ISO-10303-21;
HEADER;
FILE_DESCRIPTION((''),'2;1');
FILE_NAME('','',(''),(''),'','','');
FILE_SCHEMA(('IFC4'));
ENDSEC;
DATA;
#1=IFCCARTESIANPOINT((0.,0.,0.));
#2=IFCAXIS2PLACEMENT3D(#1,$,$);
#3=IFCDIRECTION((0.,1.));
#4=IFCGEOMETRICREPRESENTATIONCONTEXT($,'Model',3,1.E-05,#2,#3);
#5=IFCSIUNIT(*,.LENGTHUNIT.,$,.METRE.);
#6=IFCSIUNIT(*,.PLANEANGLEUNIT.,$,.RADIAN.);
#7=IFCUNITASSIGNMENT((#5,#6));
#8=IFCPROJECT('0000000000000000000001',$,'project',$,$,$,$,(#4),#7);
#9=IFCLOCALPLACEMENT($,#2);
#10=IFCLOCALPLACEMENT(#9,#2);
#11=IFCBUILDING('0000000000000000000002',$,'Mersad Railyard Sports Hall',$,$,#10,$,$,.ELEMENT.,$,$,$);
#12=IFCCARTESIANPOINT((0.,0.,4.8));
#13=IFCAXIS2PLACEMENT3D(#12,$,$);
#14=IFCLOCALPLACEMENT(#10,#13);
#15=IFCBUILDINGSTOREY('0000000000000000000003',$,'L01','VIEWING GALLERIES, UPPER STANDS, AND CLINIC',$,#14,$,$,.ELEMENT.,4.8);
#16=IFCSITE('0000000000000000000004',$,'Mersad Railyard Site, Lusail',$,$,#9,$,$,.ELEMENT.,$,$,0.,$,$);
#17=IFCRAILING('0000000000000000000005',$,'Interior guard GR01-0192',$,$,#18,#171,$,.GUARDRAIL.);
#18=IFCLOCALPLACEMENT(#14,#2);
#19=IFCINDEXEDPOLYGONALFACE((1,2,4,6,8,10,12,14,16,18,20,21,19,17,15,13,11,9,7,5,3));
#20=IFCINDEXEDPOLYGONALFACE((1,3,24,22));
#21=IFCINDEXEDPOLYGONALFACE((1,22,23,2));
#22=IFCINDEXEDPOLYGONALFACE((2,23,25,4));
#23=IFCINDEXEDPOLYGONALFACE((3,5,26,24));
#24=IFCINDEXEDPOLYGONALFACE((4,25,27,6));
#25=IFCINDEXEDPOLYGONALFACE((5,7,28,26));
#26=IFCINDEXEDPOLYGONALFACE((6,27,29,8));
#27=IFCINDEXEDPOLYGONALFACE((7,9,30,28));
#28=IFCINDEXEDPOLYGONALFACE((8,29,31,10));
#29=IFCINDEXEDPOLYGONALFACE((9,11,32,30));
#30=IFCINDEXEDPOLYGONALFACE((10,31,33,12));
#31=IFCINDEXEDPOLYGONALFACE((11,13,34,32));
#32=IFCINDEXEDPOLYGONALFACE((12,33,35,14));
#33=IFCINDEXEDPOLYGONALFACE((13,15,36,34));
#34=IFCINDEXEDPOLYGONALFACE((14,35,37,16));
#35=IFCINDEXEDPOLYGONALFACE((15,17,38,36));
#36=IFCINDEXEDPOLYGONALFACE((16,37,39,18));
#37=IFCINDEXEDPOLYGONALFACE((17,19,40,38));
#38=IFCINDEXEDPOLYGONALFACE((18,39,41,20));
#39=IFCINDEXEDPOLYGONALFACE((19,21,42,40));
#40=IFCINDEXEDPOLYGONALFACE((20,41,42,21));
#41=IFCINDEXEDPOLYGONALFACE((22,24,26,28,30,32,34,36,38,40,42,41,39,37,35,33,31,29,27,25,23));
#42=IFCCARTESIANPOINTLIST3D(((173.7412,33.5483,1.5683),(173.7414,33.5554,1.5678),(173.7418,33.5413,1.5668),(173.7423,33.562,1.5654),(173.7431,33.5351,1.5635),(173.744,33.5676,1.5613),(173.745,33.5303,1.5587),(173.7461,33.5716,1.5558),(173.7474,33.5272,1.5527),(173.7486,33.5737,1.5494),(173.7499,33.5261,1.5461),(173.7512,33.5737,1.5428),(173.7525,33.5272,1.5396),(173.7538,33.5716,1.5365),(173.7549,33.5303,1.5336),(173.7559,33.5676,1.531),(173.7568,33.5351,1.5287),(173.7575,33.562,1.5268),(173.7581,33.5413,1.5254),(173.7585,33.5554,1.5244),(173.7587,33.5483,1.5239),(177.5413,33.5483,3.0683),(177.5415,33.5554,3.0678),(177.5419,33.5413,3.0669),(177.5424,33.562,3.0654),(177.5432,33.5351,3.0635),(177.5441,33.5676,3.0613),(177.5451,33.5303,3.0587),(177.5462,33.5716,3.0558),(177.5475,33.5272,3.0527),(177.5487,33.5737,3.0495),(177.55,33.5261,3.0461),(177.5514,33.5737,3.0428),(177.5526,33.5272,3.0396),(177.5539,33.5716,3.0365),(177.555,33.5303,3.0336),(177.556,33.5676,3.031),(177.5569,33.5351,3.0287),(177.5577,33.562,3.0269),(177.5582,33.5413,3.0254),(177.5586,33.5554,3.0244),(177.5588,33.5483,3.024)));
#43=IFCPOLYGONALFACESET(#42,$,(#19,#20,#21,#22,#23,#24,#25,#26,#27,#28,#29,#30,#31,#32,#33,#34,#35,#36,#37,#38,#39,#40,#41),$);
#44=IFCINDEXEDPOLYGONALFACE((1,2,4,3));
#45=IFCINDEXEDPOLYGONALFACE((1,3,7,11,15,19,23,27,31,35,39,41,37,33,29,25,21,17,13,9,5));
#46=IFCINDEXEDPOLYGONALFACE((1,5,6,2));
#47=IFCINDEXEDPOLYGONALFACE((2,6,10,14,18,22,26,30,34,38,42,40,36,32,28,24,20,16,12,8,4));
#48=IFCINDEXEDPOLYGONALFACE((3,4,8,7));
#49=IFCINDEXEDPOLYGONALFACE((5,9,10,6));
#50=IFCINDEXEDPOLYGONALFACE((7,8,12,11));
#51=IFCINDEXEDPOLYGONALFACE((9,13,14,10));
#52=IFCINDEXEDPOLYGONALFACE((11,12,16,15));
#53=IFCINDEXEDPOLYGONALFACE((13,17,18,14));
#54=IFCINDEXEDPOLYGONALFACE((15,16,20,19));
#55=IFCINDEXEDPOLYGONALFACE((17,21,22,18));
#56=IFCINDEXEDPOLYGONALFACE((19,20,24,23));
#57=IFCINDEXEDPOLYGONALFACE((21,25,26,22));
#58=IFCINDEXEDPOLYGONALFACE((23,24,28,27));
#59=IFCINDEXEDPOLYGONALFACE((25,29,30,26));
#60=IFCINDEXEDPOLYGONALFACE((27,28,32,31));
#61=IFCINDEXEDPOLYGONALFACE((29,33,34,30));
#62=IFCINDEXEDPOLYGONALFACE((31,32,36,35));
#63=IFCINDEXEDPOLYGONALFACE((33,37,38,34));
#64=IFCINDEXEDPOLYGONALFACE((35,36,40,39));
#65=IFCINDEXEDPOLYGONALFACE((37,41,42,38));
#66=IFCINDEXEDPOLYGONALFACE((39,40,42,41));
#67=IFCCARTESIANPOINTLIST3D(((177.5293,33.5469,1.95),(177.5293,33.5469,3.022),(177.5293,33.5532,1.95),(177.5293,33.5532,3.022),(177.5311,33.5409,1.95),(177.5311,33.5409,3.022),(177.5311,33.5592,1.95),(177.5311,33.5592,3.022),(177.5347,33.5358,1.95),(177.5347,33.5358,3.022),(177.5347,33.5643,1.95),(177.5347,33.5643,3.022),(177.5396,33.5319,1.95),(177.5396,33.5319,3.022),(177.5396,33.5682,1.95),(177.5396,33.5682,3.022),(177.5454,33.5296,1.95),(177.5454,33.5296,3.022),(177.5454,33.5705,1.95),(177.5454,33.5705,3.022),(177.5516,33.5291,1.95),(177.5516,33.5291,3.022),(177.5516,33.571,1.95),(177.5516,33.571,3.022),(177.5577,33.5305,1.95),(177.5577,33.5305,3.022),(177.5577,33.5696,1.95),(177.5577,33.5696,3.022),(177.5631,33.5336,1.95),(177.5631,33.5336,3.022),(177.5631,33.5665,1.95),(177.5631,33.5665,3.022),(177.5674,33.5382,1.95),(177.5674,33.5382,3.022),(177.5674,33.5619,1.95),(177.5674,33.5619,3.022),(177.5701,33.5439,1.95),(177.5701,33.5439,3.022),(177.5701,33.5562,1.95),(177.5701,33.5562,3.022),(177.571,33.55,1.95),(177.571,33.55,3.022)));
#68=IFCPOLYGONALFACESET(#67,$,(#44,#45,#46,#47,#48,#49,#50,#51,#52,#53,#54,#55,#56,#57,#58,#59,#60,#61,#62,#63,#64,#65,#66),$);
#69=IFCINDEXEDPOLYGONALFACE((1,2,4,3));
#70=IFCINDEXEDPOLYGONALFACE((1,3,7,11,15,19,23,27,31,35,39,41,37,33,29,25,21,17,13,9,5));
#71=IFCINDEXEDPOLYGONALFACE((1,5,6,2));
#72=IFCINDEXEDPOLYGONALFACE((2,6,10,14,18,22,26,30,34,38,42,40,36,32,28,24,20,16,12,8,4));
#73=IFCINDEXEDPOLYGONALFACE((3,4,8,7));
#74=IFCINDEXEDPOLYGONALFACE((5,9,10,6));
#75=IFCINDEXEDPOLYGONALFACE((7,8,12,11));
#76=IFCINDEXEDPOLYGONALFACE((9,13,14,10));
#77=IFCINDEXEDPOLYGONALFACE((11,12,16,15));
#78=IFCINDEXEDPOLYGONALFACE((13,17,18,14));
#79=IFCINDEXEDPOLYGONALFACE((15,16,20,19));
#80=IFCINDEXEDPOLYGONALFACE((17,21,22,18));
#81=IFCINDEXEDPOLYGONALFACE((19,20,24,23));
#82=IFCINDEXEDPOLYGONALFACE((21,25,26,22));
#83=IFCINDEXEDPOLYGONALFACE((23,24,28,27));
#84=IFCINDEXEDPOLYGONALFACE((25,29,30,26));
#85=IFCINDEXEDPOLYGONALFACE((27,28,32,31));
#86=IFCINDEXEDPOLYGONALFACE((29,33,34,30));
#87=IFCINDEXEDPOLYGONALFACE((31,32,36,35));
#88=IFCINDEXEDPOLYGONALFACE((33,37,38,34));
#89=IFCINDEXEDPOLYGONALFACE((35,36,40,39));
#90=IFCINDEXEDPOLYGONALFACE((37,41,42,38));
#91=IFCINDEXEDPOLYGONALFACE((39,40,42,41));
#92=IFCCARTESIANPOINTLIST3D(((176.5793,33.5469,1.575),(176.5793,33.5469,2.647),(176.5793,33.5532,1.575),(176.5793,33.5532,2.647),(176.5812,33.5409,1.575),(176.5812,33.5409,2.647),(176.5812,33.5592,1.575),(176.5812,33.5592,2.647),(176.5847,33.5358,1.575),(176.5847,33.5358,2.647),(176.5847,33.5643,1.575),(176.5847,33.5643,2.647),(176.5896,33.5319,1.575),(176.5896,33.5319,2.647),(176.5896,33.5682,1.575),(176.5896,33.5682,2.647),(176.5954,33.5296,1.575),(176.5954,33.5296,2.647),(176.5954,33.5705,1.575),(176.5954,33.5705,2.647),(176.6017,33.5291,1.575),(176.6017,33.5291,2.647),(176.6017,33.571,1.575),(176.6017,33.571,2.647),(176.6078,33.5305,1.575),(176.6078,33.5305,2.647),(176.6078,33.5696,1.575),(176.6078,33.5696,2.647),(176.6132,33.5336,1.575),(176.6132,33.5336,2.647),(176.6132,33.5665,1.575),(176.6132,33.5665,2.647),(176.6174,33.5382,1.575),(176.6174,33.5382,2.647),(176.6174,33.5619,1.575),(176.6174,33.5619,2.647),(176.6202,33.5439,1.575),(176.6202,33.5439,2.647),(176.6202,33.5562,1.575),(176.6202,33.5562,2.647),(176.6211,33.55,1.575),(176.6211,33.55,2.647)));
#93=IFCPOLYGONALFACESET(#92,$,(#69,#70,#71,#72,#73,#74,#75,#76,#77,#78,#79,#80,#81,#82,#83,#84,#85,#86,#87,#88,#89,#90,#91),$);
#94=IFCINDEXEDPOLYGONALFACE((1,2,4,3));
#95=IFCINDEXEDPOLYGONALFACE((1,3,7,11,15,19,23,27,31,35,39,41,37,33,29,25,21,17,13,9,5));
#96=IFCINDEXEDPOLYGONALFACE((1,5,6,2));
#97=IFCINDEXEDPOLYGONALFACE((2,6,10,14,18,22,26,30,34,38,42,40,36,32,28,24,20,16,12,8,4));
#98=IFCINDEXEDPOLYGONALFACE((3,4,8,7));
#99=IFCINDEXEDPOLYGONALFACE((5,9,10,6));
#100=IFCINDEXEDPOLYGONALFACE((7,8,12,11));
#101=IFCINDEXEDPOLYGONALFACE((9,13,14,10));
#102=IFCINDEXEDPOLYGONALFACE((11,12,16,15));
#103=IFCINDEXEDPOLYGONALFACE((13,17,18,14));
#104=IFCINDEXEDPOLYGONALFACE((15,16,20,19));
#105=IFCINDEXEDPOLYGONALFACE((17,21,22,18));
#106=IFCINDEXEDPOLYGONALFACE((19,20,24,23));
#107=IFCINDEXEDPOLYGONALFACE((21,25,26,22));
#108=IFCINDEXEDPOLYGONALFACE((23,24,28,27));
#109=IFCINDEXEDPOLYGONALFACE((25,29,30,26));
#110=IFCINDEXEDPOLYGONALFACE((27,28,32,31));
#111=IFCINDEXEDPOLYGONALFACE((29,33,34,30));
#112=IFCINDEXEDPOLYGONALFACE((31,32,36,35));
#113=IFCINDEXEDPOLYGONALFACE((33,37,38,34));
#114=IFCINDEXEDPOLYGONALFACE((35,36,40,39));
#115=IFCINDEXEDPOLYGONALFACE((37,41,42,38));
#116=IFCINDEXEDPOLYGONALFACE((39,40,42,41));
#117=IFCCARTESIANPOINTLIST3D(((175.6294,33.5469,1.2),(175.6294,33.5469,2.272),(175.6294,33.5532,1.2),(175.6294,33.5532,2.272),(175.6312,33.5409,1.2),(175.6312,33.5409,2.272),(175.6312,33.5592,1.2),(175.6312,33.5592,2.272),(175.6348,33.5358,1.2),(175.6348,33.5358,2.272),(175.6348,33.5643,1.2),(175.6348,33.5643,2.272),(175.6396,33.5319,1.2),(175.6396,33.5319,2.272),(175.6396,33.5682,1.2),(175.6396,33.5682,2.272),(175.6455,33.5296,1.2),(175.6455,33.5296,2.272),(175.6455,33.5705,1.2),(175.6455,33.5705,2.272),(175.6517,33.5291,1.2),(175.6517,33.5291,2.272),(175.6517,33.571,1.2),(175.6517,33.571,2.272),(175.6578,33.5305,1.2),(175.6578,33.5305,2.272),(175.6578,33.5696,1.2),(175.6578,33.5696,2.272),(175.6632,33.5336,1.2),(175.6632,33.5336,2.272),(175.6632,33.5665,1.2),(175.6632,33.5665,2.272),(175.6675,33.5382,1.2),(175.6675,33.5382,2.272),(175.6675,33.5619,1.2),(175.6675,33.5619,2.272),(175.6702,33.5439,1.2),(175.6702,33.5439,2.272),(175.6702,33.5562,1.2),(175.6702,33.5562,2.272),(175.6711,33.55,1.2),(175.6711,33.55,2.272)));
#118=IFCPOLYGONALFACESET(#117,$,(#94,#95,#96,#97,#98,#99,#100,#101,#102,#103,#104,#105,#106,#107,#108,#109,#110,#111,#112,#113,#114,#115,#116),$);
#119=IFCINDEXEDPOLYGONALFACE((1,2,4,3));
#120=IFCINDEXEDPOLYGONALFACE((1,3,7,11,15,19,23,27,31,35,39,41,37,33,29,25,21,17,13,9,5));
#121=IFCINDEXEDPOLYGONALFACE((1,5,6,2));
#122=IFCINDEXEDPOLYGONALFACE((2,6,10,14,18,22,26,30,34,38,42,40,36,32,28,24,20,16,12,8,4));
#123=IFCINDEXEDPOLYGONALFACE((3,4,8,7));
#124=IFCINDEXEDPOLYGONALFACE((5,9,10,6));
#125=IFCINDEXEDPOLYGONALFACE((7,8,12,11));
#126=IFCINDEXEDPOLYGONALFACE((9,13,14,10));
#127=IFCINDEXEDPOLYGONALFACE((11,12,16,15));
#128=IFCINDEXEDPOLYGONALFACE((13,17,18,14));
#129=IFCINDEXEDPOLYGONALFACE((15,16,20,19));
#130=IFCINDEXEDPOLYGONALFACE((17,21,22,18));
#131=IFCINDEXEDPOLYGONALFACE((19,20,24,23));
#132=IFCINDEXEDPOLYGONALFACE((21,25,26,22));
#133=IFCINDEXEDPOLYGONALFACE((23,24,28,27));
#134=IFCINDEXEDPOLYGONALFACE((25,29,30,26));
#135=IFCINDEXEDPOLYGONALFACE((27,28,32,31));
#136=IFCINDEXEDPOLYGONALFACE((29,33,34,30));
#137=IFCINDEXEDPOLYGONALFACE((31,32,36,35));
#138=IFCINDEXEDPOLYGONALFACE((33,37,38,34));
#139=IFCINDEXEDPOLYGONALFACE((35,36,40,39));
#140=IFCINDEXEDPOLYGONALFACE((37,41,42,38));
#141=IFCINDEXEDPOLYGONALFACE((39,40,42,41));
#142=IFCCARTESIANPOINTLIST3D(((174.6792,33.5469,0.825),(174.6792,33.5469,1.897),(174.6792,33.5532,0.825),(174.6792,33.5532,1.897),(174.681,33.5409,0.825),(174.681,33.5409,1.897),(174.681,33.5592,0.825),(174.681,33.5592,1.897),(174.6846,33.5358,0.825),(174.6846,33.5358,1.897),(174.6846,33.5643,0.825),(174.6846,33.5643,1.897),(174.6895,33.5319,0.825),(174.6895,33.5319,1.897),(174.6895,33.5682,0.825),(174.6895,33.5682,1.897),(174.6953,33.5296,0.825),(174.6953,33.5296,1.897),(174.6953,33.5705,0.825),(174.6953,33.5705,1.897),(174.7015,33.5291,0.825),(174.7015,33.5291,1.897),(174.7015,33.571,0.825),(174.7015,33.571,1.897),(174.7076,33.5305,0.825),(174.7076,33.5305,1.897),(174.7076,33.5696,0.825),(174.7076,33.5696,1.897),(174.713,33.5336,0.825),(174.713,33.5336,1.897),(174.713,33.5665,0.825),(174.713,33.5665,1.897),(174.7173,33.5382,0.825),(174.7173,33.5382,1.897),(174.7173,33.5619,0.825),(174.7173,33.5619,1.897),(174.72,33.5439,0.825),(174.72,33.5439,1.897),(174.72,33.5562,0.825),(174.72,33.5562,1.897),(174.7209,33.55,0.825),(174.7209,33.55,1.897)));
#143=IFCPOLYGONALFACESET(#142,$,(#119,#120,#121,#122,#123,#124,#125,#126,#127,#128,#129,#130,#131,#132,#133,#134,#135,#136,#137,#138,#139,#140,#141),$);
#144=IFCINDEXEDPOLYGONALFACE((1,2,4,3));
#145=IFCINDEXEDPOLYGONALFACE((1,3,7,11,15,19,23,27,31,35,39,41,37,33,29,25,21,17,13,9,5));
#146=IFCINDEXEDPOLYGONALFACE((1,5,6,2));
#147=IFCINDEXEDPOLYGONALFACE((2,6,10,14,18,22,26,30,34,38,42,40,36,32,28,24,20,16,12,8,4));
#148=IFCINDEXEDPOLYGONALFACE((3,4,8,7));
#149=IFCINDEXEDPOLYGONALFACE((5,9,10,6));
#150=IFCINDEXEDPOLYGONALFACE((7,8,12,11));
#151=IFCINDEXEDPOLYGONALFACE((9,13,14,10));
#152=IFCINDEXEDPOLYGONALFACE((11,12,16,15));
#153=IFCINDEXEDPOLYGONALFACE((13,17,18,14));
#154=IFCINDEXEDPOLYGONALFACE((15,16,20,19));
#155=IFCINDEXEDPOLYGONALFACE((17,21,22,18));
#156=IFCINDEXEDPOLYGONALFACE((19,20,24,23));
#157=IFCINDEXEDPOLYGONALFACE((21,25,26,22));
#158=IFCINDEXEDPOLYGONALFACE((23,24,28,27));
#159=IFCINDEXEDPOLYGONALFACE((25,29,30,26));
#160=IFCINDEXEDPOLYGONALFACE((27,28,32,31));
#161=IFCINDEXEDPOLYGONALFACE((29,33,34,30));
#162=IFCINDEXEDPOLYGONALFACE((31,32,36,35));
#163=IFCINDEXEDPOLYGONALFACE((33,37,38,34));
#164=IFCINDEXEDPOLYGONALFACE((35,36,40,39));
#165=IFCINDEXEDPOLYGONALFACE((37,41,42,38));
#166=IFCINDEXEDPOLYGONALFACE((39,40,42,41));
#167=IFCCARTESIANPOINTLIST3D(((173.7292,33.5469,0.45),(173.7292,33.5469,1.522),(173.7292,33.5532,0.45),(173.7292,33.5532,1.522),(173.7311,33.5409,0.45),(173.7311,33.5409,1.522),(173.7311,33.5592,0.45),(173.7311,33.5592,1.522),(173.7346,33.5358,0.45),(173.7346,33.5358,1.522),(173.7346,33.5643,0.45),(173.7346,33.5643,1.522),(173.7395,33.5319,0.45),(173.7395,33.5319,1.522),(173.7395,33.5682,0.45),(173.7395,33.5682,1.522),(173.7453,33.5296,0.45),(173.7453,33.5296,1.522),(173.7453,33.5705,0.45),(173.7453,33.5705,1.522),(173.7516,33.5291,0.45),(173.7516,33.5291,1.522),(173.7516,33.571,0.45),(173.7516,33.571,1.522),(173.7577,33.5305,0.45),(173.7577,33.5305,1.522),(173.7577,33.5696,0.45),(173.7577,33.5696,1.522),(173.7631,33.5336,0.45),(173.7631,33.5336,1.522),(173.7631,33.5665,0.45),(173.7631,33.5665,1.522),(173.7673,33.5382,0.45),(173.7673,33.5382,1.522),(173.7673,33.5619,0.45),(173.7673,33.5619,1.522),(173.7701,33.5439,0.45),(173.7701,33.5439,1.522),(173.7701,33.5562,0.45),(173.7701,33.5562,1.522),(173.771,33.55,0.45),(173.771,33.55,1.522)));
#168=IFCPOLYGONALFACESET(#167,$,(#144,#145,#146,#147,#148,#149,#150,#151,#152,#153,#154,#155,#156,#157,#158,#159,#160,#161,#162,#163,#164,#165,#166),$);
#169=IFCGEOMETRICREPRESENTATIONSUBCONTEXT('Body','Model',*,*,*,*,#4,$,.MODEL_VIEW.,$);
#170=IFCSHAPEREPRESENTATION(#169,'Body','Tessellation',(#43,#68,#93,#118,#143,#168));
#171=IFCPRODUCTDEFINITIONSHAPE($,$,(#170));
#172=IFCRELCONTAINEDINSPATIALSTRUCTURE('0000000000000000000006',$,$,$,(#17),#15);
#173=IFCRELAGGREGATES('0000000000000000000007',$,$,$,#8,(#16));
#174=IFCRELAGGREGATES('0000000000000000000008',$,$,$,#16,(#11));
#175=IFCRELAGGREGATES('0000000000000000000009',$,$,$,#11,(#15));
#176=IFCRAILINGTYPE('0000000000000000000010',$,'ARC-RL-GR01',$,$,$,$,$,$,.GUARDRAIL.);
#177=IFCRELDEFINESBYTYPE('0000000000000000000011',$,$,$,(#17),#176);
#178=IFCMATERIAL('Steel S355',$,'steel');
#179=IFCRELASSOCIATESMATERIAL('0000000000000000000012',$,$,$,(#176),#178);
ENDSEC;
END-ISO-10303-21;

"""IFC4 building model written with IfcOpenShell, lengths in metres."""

from ifc_helpers import new_model, si_unit, direction, frame, origin, origin_2d, place, context, subcontext, project, spatial, circle, extrude, material, type_object, element, save


model = new_model("IFC4")

# Units and contexts
model_context = context("Model", 3, precision=1e-05, world=origin(), true_north=direction((0.0, 1.0)))
body_context = subcontext(model_context, "Body", "Model", "MODEL_VIEW")
ifc_project = project(units=[si_unit("LENGTHUNIT", "METRE"), si_unit("PLANEANGLEUNIT", "RADIAN")], contexts=[model_context])

# Site, building, storey
site_placement = place(None, origin())
site = spatial("IfcSite", under=ifc_project, at=site_placement, Name="Mersad Railyard Site, Lusail", CompositionType="ELEMENT", RefElevation=0.0)
building_placement = place(site_placement, origin())
building = spatial("IfcBuilding", under=site, at=building_placement, Name="Mersad Railyard Sports Hall", CompositionType="ELEMENT")
storey_placement = place(building_placement, frame((0.0, 0.0, 4.8)))
storey = spatial("IfcBuildingStorey", under=building, at=storey_placement, Name="L01", Description="VIEWING GALLERIES, UPPER STANDS, AND CLINIC", CompositionType="ELEMENT", Elevation=4.8)

# Shared definitions
ifc_material_1 = material(Name="Steel S355", Category="steel")

# Railing
railing_type = type_object("IfcRailingType", Name="ARC-RL-GR01", PredefinedType="GUARDRAIL", material=ifc_material_1)
for number, where, name in (
    (1, (177.55, 33.55, 1.95), "Interior guard GR01-0192"),
):
    element("IfcRailing", number, at=place(storey_placement, frame(where)), inside=storey, type_object=railing_type, Name=name, PredefinedType="GUARDRAIL", context=body_context, shape_type="SweptSolid", body=[
        extrude(circle(Radius=0.0239, at=origin_2d()), frame((0.0, 0.0, 1.0962), z_axis=(-0.930157, 0.0, -0.367162), x_axis=(0.0, -1.0, 0.0)), (0.0, 0.0, 1.0), 4.0854),
        extrude(circle(Radius=0.021, at=origin_2d()), origin(), (0.0, 0.0, 1.0), 1.072),
        extrude(circle(Radius=0.021, at=origin_2d()), frame((-0.95, 0.0, -0.375)), (0.0, 0.0, 1.0), 1.072),
        extrude(circle(Radius=0.021, at=origin_2d()), frame((-1.8999, 0.0, -0.75)), (0.0, 0.0, 1.0), 1.072),
        extrude(circle(Radius=0.021, at=origin_2d()), frame((-2.8501, 0.0, -1.125)), (0.0, 0.0, 1.0), 1.072),
        extrude(circle(Radius=0.021, at=origin_2d()), frame((-3.8, 0.0, -1.5)), (0.0, 0.0, 1.0), 1.072),
    ])

save(model, "model.ifc")
